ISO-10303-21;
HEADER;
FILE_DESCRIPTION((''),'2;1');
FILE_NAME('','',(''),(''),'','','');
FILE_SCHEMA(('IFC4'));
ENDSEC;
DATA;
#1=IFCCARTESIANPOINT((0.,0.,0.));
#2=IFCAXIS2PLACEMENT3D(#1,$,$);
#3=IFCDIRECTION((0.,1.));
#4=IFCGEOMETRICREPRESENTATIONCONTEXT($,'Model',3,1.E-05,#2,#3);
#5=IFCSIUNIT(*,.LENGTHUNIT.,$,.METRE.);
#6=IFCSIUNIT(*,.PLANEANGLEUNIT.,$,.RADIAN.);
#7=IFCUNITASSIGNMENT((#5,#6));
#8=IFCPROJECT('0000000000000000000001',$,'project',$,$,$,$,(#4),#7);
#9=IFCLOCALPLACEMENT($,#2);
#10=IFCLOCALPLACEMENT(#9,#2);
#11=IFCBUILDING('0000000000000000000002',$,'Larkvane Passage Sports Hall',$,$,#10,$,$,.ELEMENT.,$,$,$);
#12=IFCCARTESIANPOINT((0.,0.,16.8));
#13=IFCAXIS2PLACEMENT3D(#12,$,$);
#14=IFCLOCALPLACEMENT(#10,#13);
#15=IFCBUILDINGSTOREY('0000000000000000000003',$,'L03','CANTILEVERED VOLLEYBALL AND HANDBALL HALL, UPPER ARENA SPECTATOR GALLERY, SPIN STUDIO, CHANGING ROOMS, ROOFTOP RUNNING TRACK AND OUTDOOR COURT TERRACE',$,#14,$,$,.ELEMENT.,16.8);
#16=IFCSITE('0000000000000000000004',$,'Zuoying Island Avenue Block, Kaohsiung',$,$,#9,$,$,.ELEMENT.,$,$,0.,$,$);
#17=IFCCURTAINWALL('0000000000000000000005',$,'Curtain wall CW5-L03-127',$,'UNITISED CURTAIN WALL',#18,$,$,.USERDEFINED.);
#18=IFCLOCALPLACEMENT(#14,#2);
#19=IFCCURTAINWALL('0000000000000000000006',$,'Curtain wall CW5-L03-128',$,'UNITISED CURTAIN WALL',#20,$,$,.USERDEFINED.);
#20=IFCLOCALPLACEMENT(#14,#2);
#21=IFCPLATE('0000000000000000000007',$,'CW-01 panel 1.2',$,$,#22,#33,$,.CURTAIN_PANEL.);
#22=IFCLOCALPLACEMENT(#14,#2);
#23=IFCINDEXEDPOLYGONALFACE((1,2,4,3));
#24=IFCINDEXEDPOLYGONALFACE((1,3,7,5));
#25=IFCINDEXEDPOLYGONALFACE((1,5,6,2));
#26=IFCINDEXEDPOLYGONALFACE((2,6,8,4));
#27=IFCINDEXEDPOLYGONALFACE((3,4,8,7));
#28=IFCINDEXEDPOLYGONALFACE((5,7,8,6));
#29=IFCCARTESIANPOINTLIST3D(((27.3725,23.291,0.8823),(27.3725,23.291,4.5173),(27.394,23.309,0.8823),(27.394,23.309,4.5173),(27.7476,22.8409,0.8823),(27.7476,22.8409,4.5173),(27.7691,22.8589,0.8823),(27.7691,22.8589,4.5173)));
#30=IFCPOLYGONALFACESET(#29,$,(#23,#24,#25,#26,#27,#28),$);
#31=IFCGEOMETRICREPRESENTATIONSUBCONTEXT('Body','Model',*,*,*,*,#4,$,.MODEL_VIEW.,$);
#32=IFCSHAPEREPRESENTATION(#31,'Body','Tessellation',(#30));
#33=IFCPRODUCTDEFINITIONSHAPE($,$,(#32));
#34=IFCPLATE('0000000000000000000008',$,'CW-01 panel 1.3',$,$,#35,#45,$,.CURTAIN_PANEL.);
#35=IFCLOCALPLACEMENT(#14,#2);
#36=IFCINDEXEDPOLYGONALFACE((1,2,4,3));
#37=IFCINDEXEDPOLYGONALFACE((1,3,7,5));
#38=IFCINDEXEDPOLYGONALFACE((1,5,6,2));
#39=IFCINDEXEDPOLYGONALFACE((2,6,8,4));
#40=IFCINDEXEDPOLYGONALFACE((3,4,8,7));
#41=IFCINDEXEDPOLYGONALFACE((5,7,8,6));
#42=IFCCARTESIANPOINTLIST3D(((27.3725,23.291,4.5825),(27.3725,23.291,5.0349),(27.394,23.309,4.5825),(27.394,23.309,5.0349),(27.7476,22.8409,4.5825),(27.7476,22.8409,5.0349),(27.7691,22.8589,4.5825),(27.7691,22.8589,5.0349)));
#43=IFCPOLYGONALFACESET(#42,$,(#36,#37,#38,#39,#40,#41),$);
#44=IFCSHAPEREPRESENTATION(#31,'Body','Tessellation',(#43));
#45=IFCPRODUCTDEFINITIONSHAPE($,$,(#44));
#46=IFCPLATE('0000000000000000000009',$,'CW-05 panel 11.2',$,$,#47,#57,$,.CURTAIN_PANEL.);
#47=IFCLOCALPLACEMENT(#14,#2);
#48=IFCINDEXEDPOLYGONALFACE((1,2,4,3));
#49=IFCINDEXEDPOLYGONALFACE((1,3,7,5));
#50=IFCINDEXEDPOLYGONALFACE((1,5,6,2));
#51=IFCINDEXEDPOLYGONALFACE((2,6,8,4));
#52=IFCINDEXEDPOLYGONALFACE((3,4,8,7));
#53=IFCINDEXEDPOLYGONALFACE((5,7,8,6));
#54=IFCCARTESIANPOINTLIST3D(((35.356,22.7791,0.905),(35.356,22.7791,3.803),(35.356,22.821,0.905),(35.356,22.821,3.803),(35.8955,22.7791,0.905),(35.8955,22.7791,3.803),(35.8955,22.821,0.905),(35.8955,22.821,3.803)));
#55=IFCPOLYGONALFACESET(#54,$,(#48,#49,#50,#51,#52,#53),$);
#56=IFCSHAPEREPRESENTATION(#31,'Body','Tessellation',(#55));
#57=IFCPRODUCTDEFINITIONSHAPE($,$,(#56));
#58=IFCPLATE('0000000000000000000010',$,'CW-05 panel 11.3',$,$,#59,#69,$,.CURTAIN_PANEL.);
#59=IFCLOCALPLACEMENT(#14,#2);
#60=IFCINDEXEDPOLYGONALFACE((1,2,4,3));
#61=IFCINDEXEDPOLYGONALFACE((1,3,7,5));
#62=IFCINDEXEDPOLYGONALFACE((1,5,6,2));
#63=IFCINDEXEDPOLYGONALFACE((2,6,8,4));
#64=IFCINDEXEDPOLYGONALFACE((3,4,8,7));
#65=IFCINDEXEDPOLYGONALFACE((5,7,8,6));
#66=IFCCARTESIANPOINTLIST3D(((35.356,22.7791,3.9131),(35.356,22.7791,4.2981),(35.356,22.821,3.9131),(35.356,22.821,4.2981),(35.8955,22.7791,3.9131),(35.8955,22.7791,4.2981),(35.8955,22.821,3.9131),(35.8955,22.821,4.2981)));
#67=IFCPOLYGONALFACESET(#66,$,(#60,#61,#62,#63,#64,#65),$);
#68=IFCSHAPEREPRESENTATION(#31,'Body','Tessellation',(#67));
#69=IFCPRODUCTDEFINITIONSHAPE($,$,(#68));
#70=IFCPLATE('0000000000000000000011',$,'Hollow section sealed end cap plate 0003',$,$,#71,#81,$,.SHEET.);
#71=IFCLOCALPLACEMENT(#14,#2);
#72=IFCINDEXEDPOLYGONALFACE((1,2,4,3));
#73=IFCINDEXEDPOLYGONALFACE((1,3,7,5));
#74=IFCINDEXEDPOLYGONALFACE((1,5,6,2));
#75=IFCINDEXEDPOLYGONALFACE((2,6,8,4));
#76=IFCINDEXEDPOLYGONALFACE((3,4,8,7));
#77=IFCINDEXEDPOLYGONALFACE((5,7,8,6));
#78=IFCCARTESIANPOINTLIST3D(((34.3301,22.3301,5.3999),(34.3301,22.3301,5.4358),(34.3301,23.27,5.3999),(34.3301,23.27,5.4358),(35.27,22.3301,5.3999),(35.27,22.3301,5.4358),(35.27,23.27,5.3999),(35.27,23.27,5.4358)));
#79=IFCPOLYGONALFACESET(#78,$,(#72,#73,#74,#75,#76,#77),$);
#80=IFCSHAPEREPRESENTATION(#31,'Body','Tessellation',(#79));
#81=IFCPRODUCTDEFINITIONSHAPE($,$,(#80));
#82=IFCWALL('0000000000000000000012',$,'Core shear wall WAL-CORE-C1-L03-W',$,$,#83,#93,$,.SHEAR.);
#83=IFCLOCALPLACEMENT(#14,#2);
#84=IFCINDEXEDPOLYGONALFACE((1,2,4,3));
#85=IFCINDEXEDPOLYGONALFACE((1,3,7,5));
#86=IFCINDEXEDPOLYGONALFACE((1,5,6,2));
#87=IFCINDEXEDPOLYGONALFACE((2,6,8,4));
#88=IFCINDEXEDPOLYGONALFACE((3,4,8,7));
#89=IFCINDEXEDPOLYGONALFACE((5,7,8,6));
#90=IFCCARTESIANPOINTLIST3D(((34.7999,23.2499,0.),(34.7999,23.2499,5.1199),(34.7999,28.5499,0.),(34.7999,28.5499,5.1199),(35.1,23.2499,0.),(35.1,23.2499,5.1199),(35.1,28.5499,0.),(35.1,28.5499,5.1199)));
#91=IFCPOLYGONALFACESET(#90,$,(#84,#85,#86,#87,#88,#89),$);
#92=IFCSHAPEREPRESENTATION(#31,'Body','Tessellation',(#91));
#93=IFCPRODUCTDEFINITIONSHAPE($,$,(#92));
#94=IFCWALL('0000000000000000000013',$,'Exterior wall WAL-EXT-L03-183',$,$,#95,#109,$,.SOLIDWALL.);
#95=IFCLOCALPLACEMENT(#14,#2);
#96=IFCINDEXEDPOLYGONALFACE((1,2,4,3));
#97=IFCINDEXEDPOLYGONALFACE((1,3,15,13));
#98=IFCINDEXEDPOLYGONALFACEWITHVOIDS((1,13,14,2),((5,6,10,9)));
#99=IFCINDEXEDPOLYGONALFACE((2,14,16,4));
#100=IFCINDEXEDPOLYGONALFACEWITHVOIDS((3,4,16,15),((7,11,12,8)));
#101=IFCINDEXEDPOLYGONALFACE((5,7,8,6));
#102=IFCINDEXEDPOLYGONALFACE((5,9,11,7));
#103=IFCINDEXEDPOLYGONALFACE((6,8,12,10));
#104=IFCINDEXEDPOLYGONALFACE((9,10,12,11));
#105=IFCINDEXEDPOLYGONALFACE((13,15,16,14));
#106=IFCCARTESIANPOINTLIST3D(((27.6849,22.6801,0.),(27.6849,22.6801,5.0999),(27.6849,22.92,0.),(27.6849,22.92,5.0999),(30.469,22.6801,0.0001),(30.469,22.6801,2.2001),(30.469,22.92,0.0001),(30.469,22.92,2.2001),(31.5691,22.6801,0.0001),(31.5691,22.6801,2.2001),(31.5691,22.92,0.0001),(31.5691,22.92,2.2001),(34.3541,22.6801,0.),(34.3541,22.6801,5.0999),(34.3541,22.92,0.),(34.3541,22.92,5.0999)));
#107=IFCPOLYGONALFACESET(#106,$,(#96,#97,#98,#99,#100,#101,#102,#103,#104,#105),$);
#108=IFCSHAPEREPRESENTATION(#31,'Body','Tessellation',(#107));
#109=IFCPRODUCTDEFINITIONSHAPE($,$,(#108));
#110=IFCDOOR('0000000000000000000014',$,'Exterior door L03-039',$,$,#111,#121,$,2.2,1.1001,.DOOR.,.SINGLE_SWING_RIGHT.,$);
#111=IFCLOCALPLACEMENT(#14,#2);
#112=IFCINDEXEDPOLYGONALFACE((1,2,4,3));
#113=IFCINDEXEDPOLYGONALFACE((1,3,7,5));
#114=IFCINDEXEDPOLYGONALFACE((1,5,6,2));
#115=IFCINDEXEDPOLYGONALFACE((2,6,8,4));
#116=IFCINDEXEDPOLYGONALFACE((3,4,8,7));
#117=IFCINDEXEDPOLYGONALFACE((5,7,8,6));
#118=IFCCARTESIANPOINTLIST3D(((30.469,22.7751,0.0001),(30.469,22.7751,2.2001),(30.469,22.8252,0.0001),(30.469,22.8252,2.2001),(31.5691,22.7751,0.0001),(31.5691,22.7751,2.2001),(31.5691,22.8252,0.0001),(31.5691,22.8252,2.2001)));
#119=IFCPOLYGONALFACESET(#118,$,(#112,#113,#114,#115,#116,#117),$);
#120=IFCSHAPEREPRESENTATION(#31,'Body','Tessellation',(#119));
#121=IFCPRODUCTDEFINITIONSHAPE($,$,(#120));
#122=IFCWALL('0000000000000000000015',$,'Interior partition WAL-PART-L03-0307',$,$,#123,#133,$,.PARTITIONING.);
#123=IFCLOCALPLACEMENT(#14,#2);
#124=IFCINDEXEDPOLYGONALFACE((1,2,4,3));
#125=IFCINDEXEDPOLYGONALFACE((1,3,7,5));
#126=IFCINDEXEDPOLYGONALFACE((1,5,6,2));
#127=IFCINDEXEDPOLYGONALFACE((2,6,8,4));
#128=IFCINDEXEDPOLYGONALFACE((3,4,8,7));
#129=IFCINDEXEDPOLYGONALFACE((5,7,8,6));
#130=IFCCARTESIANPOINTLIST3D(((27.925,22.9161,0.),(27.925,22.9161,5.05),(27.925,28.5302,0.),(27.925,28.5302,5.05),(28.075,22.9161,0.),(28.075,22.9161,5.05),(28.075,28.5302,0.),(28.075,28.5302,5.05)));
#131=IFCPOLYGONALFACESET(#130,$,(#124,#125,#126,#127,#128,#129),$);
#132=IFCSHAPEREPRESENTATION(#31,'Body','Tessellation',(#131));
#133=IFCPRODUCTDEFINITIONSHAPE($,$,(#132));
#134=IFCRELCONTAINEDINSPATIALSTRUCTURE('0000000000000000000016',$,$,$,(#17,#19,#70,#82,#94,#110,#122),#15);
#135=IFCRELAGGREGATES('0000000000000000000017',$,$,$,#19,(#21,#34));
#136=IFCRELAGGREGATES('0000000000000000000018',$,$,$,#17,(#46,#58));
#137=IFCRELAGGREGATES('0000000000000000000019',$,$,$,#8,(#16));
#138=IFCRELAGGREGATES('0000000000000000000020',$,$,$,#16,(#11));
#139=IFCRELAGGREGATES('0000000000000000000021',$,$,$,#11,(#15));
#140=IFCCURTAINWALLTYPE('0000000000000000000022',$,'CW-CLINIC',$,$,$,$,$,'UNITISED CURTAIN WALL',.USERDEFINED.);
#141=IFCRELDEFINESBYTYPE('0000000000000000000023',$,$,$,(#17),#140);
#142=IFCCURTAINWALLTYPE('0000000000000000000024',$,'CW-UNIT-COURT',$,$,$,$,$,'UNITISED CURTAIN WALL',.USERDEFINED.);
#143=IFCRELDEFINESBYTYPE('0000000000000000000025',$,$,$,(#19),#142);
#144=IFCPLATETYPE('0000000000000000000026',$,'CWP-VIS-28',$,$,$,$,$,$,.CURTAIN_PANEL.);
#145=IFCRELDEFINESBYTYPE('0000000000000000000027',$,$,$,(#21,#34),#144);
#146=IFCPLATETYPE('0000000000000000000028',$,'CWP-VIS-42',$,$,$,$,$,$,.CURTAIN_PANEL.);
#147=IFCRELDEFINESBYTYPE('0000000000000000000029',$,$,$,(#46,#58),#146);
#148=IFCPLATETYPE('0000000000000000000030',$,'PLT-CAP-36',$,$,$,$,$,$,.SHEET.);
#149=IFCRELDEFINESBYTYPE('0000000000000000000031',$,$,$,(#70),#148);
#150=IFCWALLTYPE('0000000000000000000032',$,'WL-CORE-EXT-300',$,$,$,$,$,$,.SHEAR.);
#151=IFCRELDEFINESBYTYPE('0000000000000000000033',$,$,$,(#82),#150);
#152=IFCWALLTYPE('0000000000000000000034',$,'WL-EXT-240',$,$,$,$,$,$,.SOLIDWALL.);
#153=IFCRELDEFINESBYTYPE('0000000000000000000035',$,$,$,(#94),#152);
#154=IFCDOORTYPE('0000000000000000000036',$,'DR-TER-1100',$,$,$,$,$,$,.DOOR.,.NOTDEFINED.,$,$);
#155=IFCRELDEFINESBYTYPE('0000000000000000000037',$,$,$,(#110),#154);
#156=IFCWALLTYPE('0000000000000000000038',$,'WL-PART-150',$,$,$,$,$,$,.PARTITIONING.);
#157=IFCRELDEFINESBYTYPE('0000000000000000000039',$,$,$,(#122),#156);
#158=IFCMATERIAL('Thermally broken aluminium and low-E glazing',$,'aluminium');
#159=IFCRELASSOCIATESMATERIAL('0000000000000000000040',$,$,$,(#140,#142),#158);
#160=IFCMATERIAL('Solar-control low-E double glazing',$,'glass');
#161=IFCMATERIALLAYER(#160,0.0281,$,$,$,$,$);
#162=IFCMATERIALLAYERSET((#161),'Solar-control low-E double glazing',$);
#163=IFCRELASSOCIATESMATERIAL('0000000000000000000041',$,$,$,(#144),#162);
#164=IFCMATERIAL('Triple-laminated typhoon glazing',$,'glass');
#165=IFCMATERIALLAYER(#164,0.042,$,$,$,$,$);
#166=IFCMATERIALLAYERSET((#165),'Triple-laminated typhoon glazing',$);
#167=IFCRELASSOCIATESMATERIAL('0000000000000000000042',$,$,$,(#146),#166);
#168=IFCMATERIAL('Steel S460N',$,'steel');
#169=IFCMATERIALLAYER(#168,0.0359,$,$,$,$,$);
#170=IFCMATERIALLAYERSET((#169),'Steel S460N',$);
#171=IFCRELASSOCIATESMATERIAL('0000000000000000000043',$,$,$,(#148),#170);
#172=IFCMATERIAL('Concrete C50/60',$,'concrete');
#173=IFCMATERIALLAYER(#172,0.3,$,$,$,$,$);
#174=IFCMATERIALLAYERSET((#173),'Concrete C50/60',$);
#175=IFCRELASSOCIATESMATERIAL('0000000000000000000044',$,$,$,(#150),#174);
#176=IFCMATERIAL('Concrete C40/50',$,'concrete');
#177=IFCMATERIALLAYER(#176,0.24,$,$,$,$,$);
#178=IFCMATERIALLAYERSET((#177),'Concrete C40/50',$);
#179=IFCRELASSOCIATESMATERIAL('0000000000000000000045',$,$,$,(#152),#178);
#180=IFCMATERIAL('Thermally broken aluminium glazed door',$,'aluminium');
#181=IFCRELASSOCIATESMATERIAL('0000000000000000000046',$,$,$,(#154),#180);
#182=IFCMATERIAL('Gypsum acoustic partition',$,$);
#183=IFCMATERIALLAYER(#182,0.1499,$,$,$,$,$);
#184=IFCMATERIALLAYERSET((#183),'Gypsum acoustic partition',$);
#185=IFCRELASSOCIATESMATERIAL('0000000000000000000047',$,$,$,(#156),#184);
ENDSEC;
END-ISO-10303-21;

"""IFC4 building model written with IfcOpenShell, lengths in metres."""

from ifc_helpers import new_model, si_unit, direction, frame, frame_2d, origin, origin_2d, place, context, subcontext, project, spatial, rectangle, extrude, material, layer, layer_set, type_object, element, fill, aggregate, save


model = new_model("IFC4")

# Units and contexts
model_context = context("Model", 3, precision=1e-05, world=origin(), true_north=direction((0.0, 1.0)))
body_context = subcontext(model_context, "Body", "Model", "MODEL_VIEW")
ifc_project = project(units=[si_unit("LENGTHUNIT", "METRE"), si_unit("PLANEANGLEUNIT", "RADIAN")], contexts=[model_context])

# Site, building, storey
site_placement = place(None, origin())
site = spatial("IfcSite", under=ifc_project, at=site_placement, Name="Zuoying Island Avenue Block, Kaohsiung", CompositionType="ELEMENT", RefElevation=0.0)
building_placement = place(site_placement, origin())
building = spatial("IfcBuilding", under=site, at=building_placement, Name="Larkvane Passage Sports Hall", CompositionType="ELEMENT")
storey_placement = place(building_placement, frame((0.0, 0.0, 16.8)))
storey = spatial("IfcBuildingStorey", under=building, at=storey_placement, Name="L03", Description="CANTILEVERED VOLLEYBALL AND HANDBALL HALL, UPPER ARENA SPECTATOR GALLERY, SPIN STUDIO, CHANGING ROOMS, ROOFTOP RUNNING TRACK AND OUTDOOR COURT TERRACE", CompositionType="ELEMENT", Elevation=16.8)

# Shared definitions
ifc_material_1 = material(Name="Steel S460N", Category="steel")

# Curtain walls
ifc_material_2 = material(Name="Thermally broken aluminium and low-E glazing", Category="aluminium")
curtain_wall_type_1 = type_object("IfcCurtainWallType", Name="CW-CLINIC", ElementType="UNITISED CURTAIN WALL", PredefinedType="USERDEFINED", material=ifc_material_2)
curtain_wall_1_placement = place(storey_placement, origin())
curtain_wall_1 = element("IfcCurtainWall", 1, at=curtain_wall_1_placement, inside=storey, type_object=curtain_wall_type_1, Name="Curtain wall CW5-L03-127", ObjectType="UNITISED CURTAIN WALL", PredefinedType="USERDEFINED")
curtain_wall_type_2 = type_object("IfcCurtainWallType", Name="CW-UNIT-COURT", ElementType="UNITISED CURTAIN WALL", PredefinedType="USERDEFINED", material=ifc_material_2)
curtain_wall_2_placement = place(storey_placement, origin())
curtain_wall_2 = element("IfcCurtainWall", 2, at=curtain_wall_2_placement, inside=storey, type_object=curtain_wall_type_2, Name="Curtain wall CW5-L03-128", ObjectType="UNITISED CURTAIN WALL", PredefinedType="USERDEFINED")

# Plates
ifc_material_3 = material(Name="Solar-control low-E double glazing", Category="glass")
ifc_layer_1 = layer(ifc_material_3, 0.0281)
ifc_layer_set_1 = layer_set([ifc_layer_1], Name="Solar-control low-E double glazing")
plate_type_1 = type_object("IfcPlateType", Name="CWP-VIS-28", PredefinedType="CURTAIN_PANEL", material=ifc_layer_set_1)
plate_1_placement = place(storey_placement, frame((27.5708, 23.075, 0.8823), z_axis=(0.0, 0.0, 1.0), x_axis=(-0.640184, 0.768221, 0.0)))
plate_1 = element("IfcPlate", 3, at=plate_1_placement, type_object=plate_type_1, Name="CW-01 panel 1.2", PredefinedType="CURTAIN_PANEL", context=body_context, shape_type="SweptSolid", body=[
    extrude(rectangle(XDim=0.5859, YDim=0.0281, at=origin_2d()), origin(), (0.0, 0.0, 1.0), 3.635),
])
plate_2_placement = place(storey_placement, frame((27.5708, 23.075, 4.5825), z_axis=(0.0, 0.0, 1.0), x_axis=(-0.640184, 0.768221, 0.0)))
plate_2 = element("IfcPlate", 4, at=plate_2_placement, type_object=plate_type_1, Name="CW-01 panel 1.3", PredefinedType="CURTAIN_PANEL", context=body_context, shape_type="SweptSolid", body=[
    extrude(rectangle(XDim=0.5859, YDim=0.0281, at=origin_2d()), origin(), (0.0, 0.0, 1.0), 0.4524),
])
aggregate(curtain_wall_2, [plate_1, plate_2])
ifc_material_4 = material(Name="Triple-laminated typhoon glazing", Category="glass")
ifc_layer_2 = layer(ifc_material_4, 0.042)
ifc_layer_set_2 = layer_set([ifc_layer_2], Name="Triple-laminated typhoon glazing")
plate_type_2 = type_object("IfcPlateType", Name="CWP-VIS-42", PredefinedType="CURTAIN_PANEL", material=ifc_layer_set_2)
plate_3_placement = place(storey_placement, frame((35.6257, 22.8, 0.905), z_axis=(0.0, 0.0, 1.0), x_axis=(-1.0, 0.0, 0.0)))
plate_3 = element("IfcPlate", 5, at=plate_3_placement, type_object=plate_type_2, Name="CW-05 panel 11.2", PredefinedType="CURTAIN_PANEL", context=body_context, shape_type="SweptSolid", body=[
    extrude(rectangle(XDim=0.5396, YDim=0.042, at=origin_2d()), origin(), (0.0, 0.0, 1.0), 2.8979),
])
plate_4_placement = place(storey_placement, frame((35.6257, 22.8, 3.9131), z_axis=(0.0, 0.0, 1.0), x_axis=(-1.0, 0.0, 0.0)))
plate_4 = element("IfcPlate", 6, at=plate_4_placement, type_object=plate_type_2, Name="CW-05 panel 11.3", PredefinedType="CURTAIN_PANEL", context=body_context, shape_type="SweptSolid", body=[
    extrude(rectangle(XDim=0.5396, YDim=0.042, at=origin_2d()), origin(), (0.0, 0.0, 1.0), 0.385),
])
aggregate(curtain_wall_1, [plate_3, plate_4])
ifc_layer_3 = layer(ifc_material_1, 0.0359)
ifc_layer_set_3 = layer_set([ifc_layer_3], Name="Steel S460N")
plate_type_3 = type_object("IfcPlateType", Name="PLT-CAP-36", PredefinedType="SHEET", material=ifc_layer_set_3)
plate_5_placement = place(storey_placement, frame((34.8, 22.8, 5.3999), z_axis=(0.0, 0.0, 1.0), x_axis=(1.0, 0.0, 0.0)))
element("IfcPlate", 7, at=plate_5_placement, inside=storey, type_object=plate_type_3, Name="Hollow section sealed end cap plate 0003", PredefinedType="SHEET", context=body_context, shape_type="SweptSolid", body=[
    extrude(rectangle(XDim=0.9399, YDim=0.9399, at=origin_2d()), origin(), (0.0, 0.0, 1.0), 0.0359),
])

# Wall
ifc_material_5 = material(Name="Concrete C50/60", Category="concrete")
ifc_layer_4 = layer(ifc_material_5, 0.3)
ifc_layer_set_4 = layer_set([ifc_layer_4], Name="Concrete C50/60")
wall_type_1 = type_object("IfcWallType", Name="WL-CORE-EXT-300", PredefinedType="SHEAR", material=ifc_layer_set_4)
wall_1_placement = place(storey_placement, frame((34.95, 23.25, 0.0), z_axis=(0.0, 0.0, 1.0), x_axis=(0.0, 1.0, 0.0)))
element("IfcWall", 8, at=wall_1_placement, inside=storey, type_object=wall_type_1, Name="Core shear wall WAL-CORE-C1-L03-W", PredefinedType="SHEAR", context=body_context, shape_type="SweptSolid", body=[
    extrude(rectangle(XDim=5.3, YDim=0.3, at=frame_2d((2.6499, 0.0))), origin(), (0.0, 0.0, 1.0), 5.1199),
])

# Wall, opening, door
ifc_material_6 = material(Name="Concrete C40/50", Category="concrete")
ifc_layer_5 = layer(ifc_material_6, 0.24)
ifc_layer_set_5 = layer_set([ifc_layer_5], Name="Concrete C40/50")
wall_type_2 = type_object("IfcWallType", Name="WL-EXT-240", PredefinedType="SOLIDWALL", material=ifc_layer_set_5)
wall_2_placement = place(storey_placement, frame((34.354, 22.8, 0.0), z_axis=(0.0, 0.0, 1.0), x_axis=(-1.0, 0.0, 0.0)))
wall_2 = element("IfcWall", 9, at=wall_2_placement, inside=storey, type_object=wall_type_2, Name="Exterior wall WAL-EXT-L03-183", PredefinedType="SOLIDWALL", context=body_context, shape_type="SweptSolid", body=[
    extrude(rectangle(XDim=6.6692, YDim=0.24, at=frame_2d((3.3345, 0.0))), origin(), (0.0, 0.0, 1.0), 5.0999),
])
opening_placement = place(wall_2_placement, frame((2.7849, 0.0, 0.0)))
opening = element("IfcOpeningElement", 10, at=opening_placement, cuts=wall_2, PredefinedType="OPENING", context=body_context, shape_type="SweptSolid", body=[
    extrude(rectangle(XDim=1.1001, YDim=2.2, at=frame_2d((0.55, 1.1001))), frame((0.0, 0.1299, 0.0), z_axis=(0.0, -1.0, 0.0), x_axis=(1.0, 0.0, 0.0)), (0.0, 0.0, 1.0), 0.26),
])
ifc_material_7 = material(Name="Thermally broken aluminium glazed door", Category="aluminium")
door_type = type_object("IfcDoorType", Name="DR-TER-1100", OperationType="NOTDEFINED", PredefinedType="DOOR", material=ifc_material_7)
door_placement = place(opening_placement, origin())
door = element("IfcDoor", 11, at=door_placement, inside=storey, type_object=door_type, Name="Exterior door L03-039", OperationType="SINGLE_SWING_RIGHT", OverallHeight=2.2, OverallWidth=1.1001, PredefinedType="DOOR", context=body_context, shape_type="SweptSolid", body=[
    extrude(rectangle(XDim=1.1001, YDim=2.2, at=frame_2d((0.55, 1.1001))), frame((0.0, 0.0249, 0.0), z_axis=(0.0, -1.0, 0.0), x_axis=(1.0, 0.0, 0.0)), (0.0, 0.0, 1.0), 0.05),
])
fill(opening, door)

# Wall
ifc_material_8 = material(Name="Gypsum acoustic partition")
ifc_layer_6 = layer(ifc_material_8, 0.1499)
ifc_layer_set_6 = layer_set([ifc_layer_6], Name="Gypsum acoustic partition")
wall_type_3 = type_object("IfcWallType", Name="WL-PART-150", PredefinedType="PARTITIONING", material=ifc_layer_set_6)
wall_3_placement = place(storey_placement, frame((28.0, 22.916, 0.0), z_axis=(0.0, 0.0, 1.0), x_axis=(0.0, 1.0, 0.0)))
element("IfcWall", 12, at=wall_3_placement, inside=storey, type_object=wall_type_3, Name="Interior partition WAL-PART-L03-0307", PredefinedType="PARTITIONING", context=body_context, shape_type="SweptSolid", body=[
    extrude(rectangle(XDim=5.614, YDim=0.1499, at=frame_2d((2.8071, 0.0))), origin(), (0.0, 0.0, 1.0), 5.05),
])

save(model, "model.ifc")
